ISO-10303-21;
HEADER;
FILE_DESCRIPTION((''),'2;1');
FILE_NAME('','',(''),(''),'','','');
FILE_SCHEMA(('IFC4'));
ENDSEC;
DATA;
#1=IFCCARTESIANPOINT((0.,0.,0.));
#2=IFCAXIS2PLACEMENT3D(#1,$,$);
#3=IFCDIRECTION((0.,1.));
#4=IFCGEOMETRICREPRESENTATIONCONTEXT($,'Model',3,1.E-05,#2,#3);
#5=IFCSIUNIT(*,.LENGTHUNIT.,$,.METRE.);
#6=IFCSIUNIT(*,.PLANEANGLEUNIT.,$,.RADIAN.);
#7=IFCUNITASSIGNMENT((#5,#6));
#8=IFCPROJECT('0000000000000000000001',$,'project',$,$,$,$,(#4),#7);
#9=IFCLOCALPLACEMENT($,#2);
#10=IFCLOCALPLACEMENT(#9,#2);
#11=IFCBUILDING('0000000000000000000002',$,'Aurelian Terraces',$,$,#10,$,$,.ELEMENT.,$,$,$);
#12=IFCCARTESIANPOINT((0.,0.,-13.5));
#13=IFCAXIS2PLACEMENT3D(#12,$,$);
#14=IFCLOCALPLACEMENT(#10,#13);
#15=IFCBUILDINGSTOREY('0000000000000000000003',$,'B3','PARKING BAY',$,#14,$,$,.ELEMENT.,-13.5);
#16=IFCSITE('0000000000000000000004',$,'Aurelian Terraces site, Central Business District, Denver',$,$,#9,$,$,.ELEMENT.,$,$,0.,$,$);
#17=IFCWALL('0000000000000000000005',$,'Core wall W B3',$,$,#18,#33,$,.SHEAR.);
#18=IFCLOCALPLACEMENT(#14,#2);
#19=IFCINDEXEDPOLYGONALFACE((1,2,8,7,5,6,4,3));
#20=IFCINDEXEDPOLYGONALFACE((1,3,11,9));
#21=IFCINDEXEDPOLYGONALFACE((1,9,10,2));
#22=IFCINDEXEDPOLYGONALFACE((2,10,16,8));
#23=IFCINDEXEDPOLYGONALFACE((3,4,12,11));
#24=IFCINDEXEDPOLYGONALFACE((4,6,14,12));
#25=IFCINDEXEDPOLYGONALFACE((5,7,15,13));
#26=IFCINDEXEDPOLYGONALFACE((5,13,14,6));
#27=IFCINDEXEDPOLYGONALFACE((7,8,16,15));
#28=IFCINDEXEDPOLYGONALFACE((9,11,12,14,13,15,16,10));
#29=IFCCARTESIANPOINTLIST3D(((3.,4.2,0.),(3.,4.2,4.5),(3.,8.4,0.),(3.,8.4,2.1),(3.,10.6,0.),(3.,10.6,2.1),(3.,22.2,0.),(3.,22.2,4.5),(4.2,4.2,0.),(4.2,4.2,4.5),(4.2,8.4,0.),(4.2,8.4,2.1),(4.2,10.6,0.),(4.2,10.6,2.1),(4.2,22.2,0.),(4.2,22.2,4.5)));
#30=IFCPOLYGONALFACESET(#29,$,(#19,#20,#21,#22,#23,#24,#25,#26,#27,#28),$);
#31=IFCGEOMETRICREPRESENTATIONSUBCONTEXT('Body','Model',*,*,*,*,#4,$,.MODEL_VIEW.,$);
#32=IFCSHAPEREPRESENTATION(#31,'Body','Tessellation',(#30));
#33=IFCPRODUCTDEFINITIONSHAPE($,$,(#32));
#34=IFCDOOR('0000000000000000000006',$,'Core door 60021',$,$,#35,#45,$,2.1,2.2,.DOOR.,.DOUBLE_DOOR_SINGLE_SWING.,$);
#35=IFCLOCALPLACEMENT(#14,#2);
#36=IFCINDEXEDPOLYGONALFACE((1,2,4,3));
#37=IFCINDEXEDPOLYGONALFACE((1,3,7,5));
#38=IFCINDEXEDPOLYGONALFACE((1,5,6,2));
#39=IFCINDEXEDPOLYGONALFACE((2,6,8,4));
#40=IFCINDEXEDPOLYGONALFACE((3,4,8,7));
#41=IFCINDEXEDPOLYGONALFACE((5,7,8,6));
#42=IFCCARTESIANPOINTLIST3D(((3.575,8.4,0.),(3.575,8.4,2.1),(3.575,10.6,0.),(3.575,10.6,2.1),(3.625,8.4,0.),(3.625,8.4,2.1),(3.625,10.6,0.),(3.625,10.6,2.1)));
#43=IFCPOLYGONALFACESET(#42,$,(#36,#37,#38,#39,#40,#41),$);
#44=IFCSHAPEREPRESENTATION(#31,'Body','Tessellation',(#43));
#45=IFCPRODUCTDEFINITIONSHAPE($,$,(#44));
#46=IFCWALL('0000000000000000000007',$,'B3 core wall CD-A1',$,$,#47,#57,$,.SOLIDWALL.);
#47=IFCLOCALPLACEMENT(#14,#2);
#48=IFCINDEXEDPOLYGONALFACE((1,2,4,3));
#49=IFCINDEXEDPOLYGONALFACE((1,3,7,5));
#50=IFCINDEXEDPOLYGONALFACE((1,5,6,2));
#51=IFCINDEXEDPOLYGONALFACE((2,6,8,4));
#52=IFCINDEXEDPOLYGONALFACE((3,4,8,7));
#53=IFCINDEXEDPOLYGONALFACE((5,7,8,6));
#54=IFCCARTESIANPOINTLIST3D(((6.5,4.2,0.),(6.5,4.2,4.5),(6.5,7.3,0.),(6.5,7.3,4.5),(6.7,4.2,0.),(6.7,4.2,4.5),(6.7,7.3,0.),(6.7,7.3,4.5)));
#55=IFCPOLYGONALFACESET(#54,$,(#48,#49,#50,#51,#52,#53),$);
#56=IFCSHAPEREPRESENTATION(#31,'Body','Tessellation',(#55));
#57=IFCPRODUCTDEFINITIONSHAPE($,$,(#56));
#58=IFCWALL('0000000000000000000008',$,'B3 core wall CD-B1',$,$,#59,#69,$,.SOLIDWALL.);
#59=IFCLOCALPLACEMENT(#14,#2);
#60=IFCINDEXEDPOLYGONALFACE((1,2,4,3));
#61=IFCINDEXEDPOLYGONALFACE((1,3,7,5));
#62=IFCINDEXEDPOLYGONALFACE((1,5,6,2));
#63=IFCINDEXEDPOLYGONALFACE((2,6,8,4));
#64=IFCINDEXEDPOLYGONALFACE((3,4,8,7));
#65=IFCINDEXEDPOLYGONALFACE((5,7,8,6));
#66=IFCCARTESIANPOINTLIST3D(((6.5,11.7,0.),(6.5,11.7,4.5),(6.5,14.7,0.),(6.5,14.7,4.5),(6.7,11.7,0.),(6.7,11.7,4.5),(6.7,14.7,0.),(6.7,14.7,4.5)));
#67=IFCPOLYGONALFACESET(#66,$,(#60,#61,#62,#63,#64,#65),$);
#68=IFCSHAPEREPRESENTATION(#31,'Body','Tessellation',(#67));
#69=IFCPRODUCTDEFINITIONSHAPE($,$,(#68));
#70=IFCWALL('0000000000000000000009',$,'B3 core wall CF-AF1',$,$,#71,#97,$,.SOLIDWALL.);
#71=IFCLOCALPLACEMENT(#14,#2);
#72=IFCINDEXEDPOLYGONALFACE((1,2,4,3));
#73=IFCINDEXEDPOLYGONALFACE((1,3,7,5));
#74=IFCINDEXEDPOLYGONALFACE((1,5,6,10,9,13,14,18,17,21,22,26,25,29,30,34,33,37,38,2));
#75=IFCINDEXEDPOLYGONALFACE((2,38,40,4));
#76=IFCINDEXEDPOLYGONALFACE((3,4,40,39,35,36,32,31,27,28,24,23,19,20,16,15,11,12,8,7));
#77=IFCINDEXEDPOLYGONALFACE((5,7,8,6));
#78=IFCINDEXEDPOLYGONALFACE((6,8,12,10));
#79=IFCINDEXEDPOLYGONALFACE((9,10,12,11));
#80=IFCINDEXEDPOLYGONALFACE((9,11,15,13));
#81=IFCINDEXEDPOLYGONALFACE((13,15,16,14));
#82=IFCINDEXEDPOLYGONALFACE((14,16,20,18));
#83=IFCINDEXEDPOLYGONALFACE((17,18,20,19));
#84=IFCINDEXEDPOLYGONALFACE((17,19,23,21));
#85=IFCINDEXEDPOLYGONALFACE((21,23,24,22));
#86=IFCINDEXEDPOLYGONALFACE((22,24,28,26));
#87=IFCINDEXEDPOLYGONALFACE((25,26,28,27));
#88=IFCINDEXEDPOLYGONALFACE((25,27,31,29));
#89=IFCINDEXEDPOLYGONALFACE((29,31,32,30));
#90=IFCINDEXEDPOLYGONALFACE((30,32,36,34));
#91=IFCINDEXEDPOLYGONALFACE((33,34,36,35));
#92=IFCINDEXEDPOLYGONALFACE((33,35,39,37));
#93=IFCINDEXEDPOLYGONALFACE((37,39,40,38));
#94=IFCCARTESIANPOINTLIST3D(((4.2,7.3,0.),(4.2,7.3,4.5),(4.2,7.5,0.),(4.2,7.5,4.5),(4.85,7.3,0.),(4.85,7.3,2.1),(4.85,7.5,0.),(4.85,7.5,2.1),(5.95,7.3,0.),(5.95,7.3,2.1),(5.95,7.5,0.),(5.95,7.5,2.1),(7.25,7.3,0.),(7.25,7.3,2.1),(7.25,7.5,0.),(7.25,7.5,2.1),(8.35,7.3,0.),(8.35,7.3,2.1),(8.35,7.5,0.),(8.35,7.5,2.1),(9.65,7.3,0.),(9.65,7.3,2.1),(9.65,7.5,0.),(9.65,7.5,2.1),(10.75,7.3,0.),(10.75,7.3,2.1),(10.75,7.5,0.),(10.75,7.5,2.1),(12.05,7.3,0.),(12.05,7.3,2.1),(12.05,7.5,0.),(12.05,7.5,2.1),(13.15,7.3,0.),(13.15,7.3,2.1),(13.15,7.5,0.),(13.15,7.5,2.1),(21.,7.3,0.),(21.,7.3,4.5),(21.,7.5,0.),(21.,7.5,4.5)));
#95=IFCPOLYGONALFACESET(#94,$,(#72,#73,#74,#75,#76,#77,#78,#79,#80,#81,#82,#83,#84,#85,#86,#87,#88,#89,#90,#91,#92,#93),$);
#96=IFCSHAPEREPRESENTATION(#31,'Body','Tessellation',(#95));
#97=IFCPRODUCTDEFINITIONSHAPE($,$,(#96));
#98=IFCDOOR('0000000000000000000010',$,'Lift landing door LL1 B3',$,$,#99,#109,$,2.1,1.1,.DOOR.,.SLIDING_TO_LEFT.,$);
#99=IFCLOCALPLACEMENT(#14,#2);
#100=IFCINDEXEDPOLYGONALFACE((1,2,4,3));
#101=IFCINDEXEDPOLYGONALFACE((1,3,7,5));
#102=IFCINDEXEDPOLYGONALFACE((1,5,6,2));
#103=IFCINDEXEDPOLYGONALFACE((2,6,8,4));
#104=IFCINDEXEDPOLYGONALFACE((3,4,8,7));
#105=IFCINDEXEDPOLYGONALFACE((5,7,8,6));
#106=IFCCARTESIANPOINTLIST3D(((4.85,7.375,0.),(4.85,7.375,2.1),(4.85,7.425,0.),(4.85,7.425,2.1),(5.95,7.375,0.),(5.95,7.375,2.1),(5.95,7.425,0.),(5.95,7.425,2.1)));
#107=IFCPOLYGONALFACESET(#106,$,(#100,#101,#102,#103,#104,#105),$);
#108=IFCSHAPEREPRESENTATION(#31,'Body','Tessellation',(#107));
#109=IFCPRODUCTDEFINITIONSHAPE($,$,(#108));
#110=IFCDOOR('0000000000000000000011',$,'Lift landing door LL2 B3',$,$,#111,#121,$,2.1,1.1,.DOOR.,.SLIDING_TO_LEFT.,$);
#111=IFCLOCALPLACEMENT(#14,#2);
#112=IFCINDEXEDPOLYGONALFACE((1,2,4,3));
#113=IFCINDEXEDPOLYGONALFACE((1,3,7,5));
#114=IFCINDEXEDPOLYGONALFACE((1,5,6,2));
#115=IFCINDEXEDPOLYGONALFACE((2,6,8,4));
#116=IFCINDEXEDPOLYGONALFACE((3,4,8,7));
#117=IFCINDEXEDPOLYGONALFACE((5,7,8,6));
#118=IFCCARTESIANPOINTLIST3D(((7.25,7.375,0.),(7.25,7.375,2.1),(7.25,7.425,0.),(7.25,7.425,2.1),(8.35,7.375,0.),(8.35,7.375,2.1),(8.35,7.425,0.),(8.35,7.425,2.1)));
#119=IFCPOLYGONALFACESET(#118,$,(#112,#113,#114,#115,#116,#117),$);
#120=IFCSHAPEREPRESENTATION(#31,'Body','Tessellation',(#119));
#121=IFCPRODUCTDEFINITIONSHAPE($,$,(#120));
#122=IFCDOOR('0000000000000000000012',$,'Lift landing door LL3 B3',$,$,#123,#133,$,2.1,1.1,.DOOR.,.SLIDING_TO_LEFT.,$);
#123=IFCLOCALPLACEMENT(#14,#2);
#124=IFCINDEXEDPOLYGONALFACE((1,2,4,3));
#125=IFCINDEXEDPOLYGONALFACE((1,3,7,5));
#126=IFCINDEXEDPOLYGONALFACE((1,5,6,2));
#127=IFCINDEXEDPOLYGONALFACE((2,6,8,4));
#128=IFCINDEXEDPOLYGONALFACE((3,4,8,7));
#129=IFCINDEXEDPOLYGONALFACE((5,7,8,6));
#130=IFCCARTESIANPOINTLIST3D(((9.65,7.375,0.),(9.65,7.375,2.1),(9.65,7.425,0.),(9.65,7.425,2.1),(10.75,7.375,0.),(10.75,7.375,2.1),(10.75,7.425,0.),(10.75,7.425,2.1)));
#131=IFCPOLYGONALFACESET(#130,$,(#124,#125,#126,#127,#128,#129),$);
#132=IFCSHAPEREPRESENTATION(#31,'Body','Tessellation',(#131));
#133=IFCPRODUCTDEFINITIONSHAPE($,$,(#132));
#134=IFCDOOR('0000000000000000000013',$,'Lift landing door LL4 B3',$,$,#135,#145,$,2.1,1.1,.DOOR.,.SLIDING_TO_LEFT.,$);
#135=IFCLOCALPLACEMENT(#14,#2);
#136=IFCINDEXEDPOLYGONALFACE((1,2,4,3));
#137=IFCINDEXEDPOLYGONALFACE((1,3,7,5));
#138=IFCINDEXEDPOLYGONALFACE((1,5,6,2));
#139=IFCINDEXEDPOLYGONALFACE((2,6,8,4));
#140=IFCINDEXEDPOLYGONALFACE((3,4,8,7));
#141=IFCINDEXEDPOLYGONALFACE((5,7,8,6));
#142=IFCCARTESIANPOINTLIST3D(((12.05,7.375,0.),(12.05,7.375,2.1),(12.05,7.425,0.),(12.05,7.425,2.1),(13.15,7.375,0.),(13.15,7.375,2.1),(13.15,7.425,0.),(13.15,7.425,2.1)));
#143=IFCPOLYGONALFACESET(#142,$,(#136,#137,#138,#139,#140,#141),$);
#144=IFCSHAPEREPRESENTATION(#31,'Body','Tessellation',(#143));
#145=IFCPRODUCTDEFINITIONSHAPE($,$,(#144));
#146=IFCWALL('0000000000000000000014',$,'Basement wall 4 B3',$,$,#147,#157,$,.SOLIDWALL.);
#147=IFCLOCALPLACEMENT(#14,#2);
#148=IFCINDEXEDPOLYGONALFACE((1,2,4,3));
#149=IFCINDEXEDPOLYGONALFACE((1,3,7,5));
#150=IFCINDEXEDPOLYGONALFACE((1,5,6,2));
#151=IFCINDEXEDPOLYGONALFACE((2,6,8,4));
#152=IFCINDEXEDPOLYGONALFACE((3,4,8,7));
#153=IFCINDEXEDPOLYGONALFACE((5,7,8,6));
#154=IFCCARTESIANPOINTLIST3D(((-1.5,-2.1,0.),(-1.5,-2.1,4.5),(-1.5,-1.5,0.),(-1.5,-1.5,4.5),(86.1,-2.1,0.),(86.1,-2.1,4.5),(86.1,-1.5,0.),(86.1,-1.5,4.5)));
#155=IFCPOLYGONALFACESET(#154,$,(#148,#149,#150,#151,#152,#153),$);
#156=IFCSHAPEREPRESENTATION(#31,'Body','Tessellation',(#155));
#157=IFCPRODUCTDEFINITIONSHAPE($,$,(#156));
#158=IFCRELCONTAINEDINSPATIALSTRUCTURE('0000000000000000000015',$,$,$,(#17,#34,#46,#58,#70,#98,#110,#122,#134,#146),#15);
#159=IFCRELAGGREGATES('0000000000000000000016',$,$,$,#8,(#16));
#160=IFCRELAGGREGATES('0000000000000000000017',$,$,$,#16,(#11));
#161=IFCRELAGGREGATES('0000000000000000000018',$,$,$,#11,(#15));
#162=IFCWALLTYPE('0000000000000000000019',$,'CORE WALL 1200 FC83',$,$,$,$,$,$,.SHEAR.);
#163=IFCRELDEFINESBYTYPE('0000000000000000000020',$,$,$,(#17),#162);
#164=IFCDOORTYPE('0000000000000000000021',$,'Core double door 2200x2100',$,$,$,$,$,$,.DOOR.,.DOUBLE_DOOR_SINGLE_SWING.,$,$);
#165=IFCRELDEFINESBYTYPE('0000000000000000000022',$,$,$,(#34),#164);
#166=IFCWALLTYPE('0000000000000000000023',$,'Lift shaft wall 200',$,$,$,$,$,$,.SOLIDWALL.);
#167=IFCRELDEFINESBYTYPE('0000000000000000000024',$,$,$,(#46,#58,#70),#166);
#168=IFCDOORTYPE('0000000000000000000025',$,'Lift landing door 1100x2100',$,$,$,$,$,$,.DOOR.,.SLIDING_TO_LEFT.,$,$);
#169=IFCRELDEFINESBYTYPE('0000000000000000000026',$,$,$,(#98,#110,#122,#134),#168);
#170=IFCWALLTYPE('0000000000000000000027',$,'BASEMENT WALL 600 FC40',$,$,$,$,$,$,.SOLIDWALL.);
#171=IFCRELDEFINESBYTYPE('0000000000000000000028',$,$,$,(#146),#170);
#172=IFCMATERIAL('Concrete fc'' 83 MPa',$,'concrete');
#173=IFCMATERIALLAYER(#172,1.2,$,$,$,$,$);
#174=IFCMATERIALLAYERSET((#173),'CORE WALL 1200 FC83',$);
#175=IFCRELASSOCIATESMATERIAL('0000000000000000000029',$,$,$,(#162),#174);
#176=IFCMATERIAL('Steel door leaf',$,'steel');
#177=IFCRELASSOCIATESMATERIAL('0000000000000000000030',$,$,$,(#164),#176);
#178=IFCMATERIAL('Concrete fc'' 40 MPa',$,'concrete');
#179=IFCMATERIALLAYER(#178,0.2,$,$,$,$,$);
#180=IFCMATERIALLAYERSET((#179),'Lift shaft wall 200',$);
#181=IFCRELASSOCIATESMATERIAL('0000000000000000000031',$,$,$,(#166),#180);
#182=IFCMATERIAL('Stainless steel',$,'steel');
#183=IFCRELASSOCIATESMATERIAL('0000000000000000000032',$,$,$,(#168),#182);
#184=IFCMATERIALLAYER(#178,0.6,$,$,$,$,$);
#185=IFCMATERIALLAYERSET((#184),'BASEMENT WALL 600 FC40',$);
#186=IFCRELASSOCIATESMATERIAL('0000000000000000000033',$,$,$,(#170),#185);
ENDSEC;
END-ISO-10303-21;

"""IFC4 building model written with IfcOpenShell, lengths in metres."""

from ifc_helpers import new_model, si_unit, direction, frame, frame_2d, origin, place, context, subcontext, project, spatial, rectangle, extrude, source, transform, mapped, material, layer, layer_set, type_object, element, fill, save


model = new_model("IFC4")

# Units and contexts
model_context = context("Model", 3, precision=1e-05, world=origin(), true_north=direction((0.0, 1.0)))
body_context = subcontext(model_context, "Body", "Model", "MODEL_VIEW")
ifc_project = project(units=[si_unit("LENGTHUNIT", "METRE"), si_unit("PLANEANGLEUNIT", "RADIAN")], contexts=[model_context])

# Site, building, storey
site_placement = place(None, origin())
site = spatial("IfcSite", under=ifc_project, at=site_placement, Name="Aurelian Terraces site, Central Business District, Denver", CompositionType="ELEMENT", RefElevation=0.0)
building_placement = place(site_placement, origin())
building = spatial("IfcBuilding", under=site, at=building_placement, Name="Aurelian Terraces", CompositionType="ELEMENT")
storey_placement = place(building_placement, frame((0.0, 0.0, -13.5)))
storey = spatial("IfcBuildingStorey", under=building, at=storey_placement, Name="B3", Description="PARKING BAY", CompositionType="ELEMENT", Elevation=-13.5)

# Shared definitions
ifc_material_1 = material(Name="Concrete fc' 83 MPa", Category="concrete")

# Shared definitions
ifc_material_2 = material(Name="Concrete fc' 40 MPa", Category="concrete")

# Wall, opening, door
ifc_layer_1 = layer(ifc_material_1, 1.2)
ifc_layer_set_1 = layer_set([ifc_layer_1], Name="CORE WALL 1200 FC83")
wall_type_1 = type_object("IfcWallType", Name="CORE WALL 1200 FC83", PredefinedType="SHEAR", material=ifc_layer_set_1)
wall_1_placement = place(storey_placement, frame((3.6, 4.2, 0.0), z_axis=(0.0, 0.0, 1.0), x_axis=(0.0, 1.0, 0.0)))
wall_1 = element("IfcWall", 1, at=wall_1_placement, inside=storey, type_object=wall_type_1, Name="Core wall W B3", PredefinedType="SHEAR", context=body_context, shape_type="SweptSolid", body=[
    extrude(rectangle(XDim=18.0, YDim=1.2, at=frame_2d((9.0, 0.0))), origin(), (0.0, 0.0, 1.0), 4.5),
])
shared_shape_1 = source(origin(), body_context, "Body", "SweptSolid", [
    extrude(rectangle(XDim=2.2, YDim=2.1, at=frame_2d((1.1, 1.05))), frame((0.0, 0.61, 0.0), z_axis=(0.0, -1.0, 0.0), x_axis=(1.0, 0.0, 0.0)), (0.0, 0.0, 1.0), 1.22),
])
opening_1_placement = place(wall_1_placement, frame((4.2, 0.0, 0.0)))
opening_1 = element("IfcOpeningElement", 2, at=opening_1_placement, cuts=wall_1, PredefinedType="OPENING", context=body_context, shape_type="MappedRepresentation", body=[
    mapped(shared_shape_1, transform((0.0, 0.0, 0.0), scale=1.0)),
])
ifc_material_3 = material(Name="Steel door leaf", Category="steel")
door_type_1 = type_object("IfcDoorType", Name="Core double door 2200x2100", OperationType="DOUBLE_DOOR_SINGLE_SWING", PredefinedType="DOOR", material=ifc_material_3)
shared_shape_2 = source(origin(), body_context, "Body", "SweptSolid", [
    extrude(rectangle(XDim=2.2, YDim=2.1, at=frame_2d((1.1, 1.05))), frame((0.0, 0.025, 0.0), z_axis=(0.0, -1.0, 0.0), x_axis=(1.0, 0.0, 0.0)), (0.0, 0.0, 1.0), 0.05),
])
door_1_placement = place(opening_1_placement, origin())
door_1 = element("IfcDoor", 3, at=door_1_placement, inside=storey, type_object=door_type_1, Name="Core door 60021", OperationType="DOUBLE_DOOR_SINGLE_SWING", OverallHeight=2.1, OverallWidth=2.2, PredefinedType="DOOR", context=body_context, shape_type="MappedRepresentation", body=[
    mapped(shared_shape_2, transform((0.0, 0.0, 0.0), scale=1.0)),
])
fill(opening_1, door_1)

# Walls
ifc_layer_2 = layer(ifc_material_2, 0.2)
ifc_layer_set_2 = layer_set([ifc_layer_2], Name="Lift shaft wall 200")
wall_type_2 = type_object("IfcWallType", Name="Lift shaft wall 200", PredefinedType="SOLIDWALL", material=ifc_layer_set_2)
wall_2_placement = place(storey_placement, frame((6.6, 4.2, 0.0), z_axis=(0.0, 0.0, 1.0), x_axis=(0.0, 1.0, 0.0)))
element("IfcWall", 4, at=wall_2_placement, inside=storey, type_object=wall_type_2, Name="B3 core wall CD-A1", PredefinedType="SOLIDWALL", context=body_context, shape_type="SweptSolid", body=[
    extrude(rectangle(XDim=3.1, YDim=0.2, at=frame_2d((1.55, 0.0))), origin(), (0.0, 0.0, 1.0), 4.5),
])
wall_3_placement = place(storey_placement, frame((6.6, 11.7, 0.0), z_axis=(0.0, 0.0, 1.0), x_axis=(0.0, 1.0, 0.0)))
element("IfcWall", 5, at=wall_3_placement, inside=storey, type_object=wall_type_2, Name="B3 core wall CD-B1", PredefinedType="SOLIDWALL", context=body_context, shape_type="SweptSolid", body=[
    extrude(rectangle(XDim=3.0, YDim=0.2, at=frame_2d((1.5, 0.0))), origin(), (0.0, 0.0, 1.0), 4.5),
])

# Wall, openings, doors
wall_4_placement = place(storey_placement, frame((4.2, 7.4, 0.0), z_axis=(0.0, 0.0, 1.0), x_axis=(1.0, 0.0, 0.0)))
wall_4 = element("IfcWall", 6, at=wall_4_placement, inside=storey, type_object=wall_type_2, Name="B3 core wall CF-AF1", PredefinedType="SOLIDWALL", context=body_context, shape_type="SweptSolid", body=[
    extrude(rectangle(XDim=16.8, YDim=0.2, at=frame_2d((8.4, 0.0))), origin(), (0.0, 0.0, 1.0), 4.5),
])
opening_2_placement = place(wall_4_placement, frame((0.65, 0.0, 0.0)))
opening_2 = element("IfcOpeningElement", 7, at=opening_2_placement, cuts=wall_4, PredefinedType="OPENING", context=body_context, shape_type="SweptSolid", body=[
    extrude(rectangle(XDim=1.1, YDim=2.1, at=frame_2d((0.55, 1.05))), frame((0.0, 0.11, 0.0), z_axis=(0.0, -1.0, 0.0), x_axis=(1.0, 0.0, 0.0)), (0.0, 0.0, 1.0), 0.22),
])
shared_shape_3 = source(origin(), body_context, "Body", "SweptSolid", [
    extrude(rectangle(XDim=1.1, YDim=2.1, at=frame_2d((0.55, 1.05))), frame((0.0, 0.11, 0.0), z_axis=(0.0, -1.0, 0.0), x_axis=(1.0, 0.0, 0.0)), (0.0, 0.0, 1.0), 0.22),
])
opening_3_placement = place(wall_4_placement, frame((3.05, 0.0, 0.0)))
opening_3 = element("IfcOpeningElement", 8, at=opening_3_placement, cuts=wall_4, PredefinedType="OPENING", context=body_context, shape_type="MappedRepresentation", body=[
    mapped(shared_shape_3, transform((0.0, 0.0, 0.0), scale=1.0)),
])
opening_4_placement = place(wall_4_placement, frame((5.45, 0.0, 0.0)))
opening_4 = element("IfcOpeningElement", 9, at=opening_4_placement, cuts=wall_4, PredefinedType="OPENING", context=body_context, shape_type="MappedRepresentation", body=[
    mapped(shared_shape_3, transform((0.0, 0.0, 0.0), scale=1.0)),
])
opening_5_placement = place(wall_4_placement, frame((7.85, 0.0, 0.0)))
opening_5 = element("IfcOpeningElement", 10, at=opening_5_placement, cuts=wall_4, PredefinedType="OPENING", context=body_context, shape_type="MappedRepresentation", body=[
    mapped(shared_shape_3, transform((0.0, 0.0, 0.0), scale=1.0)),
])
ifc_material_4 = material(Name="Stainless steel", Category="steel")
door_type_2 = type_object("IfcDoorType", Name="Lift landing door 1100x2100", OperationType="SLIDING_TO_LEFT", PredefinedType="DOOR", material=ifc_material_4)
door_2_placement = place(opening_2_placement, origin())
door_2 = element("IfcDoor", 11, at=door_2_placement, inside=storey, type_object=door_type_2, Name="Lift landing door LL1 B3", OperationType="SLIDING_TO_LEFT", OverallHeight=2.1, OverallWidth=1.1, PredefinedType="DOOR", context=body_context, shape_type="SweptSolid", body=[
    extrude(rectangle(XDim=1.1, YDim=2.1, at=frame_2d((0.55, 1.05))), frame((0.0, 0.025, 0.0), z_axis=(0.0, -1.0, 0.0), x_axis=(1.0, 0.0, 0.0)), (0.0, 0.0, 1.0), 0.05),
])
fill(opening_2, door_2)
shared_shape_4 = source(origin(), body_context, "Body", "SweptSolid", [
    extrude(rectangle(XDim=1.1, YDim=2.1, at=frame_2d((0.55, 1.05))), frame((0.0, 0.025, 0.0), z_axis=(0.0, -1.0, 0.0), x_axis=(1.0, 0.0, 0.0)), (0.0, 0.0, 1.0), 0.05),
])
door_3_placement = place(opening_3_placement, origin())
door_3 = element("IfcDoor", 12, at=door_3_placement, inside=storey, type_object=door_type_2, Name="Lift landing door LL2 B3", OperationType="SLIDING_TO_LEFT", OverallHeight=2.1, OverallWidth=1.1, PredefinedType="DOOR", context=body_context, shape_type="MappedRepresentation", body=[
    mapped(shared_shape_4, transform((0.0, 0.0, 0.0), scale=1.0)),
])
fill(opening_3, door_3)
door_4_placement = place(opening_4_placement, origin())
door_4 = element("IfcDoor", 13, at=door_4_placement, inside=storey, type_object=door_type_2, Name="Lift landing door LL3 B3", OperationType="SLIDING_TO_LEFT", OverallHeight=2.1, OverallWidth=1.1, PredefinedType="DOOR", context=body_context, shape_type="MappedRepresentation", body=[
    mapped(shared_shape_4, transform((0.0, 0.0, 0.0), scale=1.0)),
])
fill(opening_4, door_4)
door_5_placement = place(opening_5_placement, origin())
door_5 = element("IfcDoor", 14, at=door_5_placement, inside=storey, type_object=door_type_2, Name="Lift landing door LL4 B3", OperationType="SLIDING_TO_LEFT", OverallHeight=2.1, OverallWidth=1.1, PredefinedType="DOOR", context=body_context, shape_type="MappedRepresentation", body=[
    mapped(shared_shape_4, transform((0.0, 0.0, 0.0), scale=1.0)),
])
fill(opening_5, door_5)

# Wall
ifc_layer_3 = layer(ifc_material_2, 0.6)
ifc_layer_set_3 = layer_set([ifc_layer_3], Name="BASEMENT WALL 600 FC40")
wall_type_3 = type_object("IfcWallType", Name="BASEMENT WALL 600 FC40", PredefinedType="SOLIDWALL", material=ifc_layer_set_3)
shared_shape_5 = source(origin(), body_context, "Body", "SweptSolid", [
    extrude(rectangle(XDim=87.6, YDim=0.6, at=frame_2d((43.8, 0.0))), origin(), (0.0, 0.0, 1.0), 4.5),
])
wall_5_placement = place(storey_placement, frame((-1.5, -1.8, 0.0), z_axis=(0.0, 0.0, 1.0), x_axis=(1.0, 0.0, 0.0)))
element("IfcWall", 15, at=wall_5_placement, inside=storey, type_object=wall_type_3, Name="Basement wall 4 B3", PredefinedType="SOLIDWALL", context=body_context, shape_type="MappedRepresentation", body=[
    mapped(shared_shape_5, transform((0.0, 0.0, 0.0), scale=1.0)),
])

save(model, "model.ifc")
